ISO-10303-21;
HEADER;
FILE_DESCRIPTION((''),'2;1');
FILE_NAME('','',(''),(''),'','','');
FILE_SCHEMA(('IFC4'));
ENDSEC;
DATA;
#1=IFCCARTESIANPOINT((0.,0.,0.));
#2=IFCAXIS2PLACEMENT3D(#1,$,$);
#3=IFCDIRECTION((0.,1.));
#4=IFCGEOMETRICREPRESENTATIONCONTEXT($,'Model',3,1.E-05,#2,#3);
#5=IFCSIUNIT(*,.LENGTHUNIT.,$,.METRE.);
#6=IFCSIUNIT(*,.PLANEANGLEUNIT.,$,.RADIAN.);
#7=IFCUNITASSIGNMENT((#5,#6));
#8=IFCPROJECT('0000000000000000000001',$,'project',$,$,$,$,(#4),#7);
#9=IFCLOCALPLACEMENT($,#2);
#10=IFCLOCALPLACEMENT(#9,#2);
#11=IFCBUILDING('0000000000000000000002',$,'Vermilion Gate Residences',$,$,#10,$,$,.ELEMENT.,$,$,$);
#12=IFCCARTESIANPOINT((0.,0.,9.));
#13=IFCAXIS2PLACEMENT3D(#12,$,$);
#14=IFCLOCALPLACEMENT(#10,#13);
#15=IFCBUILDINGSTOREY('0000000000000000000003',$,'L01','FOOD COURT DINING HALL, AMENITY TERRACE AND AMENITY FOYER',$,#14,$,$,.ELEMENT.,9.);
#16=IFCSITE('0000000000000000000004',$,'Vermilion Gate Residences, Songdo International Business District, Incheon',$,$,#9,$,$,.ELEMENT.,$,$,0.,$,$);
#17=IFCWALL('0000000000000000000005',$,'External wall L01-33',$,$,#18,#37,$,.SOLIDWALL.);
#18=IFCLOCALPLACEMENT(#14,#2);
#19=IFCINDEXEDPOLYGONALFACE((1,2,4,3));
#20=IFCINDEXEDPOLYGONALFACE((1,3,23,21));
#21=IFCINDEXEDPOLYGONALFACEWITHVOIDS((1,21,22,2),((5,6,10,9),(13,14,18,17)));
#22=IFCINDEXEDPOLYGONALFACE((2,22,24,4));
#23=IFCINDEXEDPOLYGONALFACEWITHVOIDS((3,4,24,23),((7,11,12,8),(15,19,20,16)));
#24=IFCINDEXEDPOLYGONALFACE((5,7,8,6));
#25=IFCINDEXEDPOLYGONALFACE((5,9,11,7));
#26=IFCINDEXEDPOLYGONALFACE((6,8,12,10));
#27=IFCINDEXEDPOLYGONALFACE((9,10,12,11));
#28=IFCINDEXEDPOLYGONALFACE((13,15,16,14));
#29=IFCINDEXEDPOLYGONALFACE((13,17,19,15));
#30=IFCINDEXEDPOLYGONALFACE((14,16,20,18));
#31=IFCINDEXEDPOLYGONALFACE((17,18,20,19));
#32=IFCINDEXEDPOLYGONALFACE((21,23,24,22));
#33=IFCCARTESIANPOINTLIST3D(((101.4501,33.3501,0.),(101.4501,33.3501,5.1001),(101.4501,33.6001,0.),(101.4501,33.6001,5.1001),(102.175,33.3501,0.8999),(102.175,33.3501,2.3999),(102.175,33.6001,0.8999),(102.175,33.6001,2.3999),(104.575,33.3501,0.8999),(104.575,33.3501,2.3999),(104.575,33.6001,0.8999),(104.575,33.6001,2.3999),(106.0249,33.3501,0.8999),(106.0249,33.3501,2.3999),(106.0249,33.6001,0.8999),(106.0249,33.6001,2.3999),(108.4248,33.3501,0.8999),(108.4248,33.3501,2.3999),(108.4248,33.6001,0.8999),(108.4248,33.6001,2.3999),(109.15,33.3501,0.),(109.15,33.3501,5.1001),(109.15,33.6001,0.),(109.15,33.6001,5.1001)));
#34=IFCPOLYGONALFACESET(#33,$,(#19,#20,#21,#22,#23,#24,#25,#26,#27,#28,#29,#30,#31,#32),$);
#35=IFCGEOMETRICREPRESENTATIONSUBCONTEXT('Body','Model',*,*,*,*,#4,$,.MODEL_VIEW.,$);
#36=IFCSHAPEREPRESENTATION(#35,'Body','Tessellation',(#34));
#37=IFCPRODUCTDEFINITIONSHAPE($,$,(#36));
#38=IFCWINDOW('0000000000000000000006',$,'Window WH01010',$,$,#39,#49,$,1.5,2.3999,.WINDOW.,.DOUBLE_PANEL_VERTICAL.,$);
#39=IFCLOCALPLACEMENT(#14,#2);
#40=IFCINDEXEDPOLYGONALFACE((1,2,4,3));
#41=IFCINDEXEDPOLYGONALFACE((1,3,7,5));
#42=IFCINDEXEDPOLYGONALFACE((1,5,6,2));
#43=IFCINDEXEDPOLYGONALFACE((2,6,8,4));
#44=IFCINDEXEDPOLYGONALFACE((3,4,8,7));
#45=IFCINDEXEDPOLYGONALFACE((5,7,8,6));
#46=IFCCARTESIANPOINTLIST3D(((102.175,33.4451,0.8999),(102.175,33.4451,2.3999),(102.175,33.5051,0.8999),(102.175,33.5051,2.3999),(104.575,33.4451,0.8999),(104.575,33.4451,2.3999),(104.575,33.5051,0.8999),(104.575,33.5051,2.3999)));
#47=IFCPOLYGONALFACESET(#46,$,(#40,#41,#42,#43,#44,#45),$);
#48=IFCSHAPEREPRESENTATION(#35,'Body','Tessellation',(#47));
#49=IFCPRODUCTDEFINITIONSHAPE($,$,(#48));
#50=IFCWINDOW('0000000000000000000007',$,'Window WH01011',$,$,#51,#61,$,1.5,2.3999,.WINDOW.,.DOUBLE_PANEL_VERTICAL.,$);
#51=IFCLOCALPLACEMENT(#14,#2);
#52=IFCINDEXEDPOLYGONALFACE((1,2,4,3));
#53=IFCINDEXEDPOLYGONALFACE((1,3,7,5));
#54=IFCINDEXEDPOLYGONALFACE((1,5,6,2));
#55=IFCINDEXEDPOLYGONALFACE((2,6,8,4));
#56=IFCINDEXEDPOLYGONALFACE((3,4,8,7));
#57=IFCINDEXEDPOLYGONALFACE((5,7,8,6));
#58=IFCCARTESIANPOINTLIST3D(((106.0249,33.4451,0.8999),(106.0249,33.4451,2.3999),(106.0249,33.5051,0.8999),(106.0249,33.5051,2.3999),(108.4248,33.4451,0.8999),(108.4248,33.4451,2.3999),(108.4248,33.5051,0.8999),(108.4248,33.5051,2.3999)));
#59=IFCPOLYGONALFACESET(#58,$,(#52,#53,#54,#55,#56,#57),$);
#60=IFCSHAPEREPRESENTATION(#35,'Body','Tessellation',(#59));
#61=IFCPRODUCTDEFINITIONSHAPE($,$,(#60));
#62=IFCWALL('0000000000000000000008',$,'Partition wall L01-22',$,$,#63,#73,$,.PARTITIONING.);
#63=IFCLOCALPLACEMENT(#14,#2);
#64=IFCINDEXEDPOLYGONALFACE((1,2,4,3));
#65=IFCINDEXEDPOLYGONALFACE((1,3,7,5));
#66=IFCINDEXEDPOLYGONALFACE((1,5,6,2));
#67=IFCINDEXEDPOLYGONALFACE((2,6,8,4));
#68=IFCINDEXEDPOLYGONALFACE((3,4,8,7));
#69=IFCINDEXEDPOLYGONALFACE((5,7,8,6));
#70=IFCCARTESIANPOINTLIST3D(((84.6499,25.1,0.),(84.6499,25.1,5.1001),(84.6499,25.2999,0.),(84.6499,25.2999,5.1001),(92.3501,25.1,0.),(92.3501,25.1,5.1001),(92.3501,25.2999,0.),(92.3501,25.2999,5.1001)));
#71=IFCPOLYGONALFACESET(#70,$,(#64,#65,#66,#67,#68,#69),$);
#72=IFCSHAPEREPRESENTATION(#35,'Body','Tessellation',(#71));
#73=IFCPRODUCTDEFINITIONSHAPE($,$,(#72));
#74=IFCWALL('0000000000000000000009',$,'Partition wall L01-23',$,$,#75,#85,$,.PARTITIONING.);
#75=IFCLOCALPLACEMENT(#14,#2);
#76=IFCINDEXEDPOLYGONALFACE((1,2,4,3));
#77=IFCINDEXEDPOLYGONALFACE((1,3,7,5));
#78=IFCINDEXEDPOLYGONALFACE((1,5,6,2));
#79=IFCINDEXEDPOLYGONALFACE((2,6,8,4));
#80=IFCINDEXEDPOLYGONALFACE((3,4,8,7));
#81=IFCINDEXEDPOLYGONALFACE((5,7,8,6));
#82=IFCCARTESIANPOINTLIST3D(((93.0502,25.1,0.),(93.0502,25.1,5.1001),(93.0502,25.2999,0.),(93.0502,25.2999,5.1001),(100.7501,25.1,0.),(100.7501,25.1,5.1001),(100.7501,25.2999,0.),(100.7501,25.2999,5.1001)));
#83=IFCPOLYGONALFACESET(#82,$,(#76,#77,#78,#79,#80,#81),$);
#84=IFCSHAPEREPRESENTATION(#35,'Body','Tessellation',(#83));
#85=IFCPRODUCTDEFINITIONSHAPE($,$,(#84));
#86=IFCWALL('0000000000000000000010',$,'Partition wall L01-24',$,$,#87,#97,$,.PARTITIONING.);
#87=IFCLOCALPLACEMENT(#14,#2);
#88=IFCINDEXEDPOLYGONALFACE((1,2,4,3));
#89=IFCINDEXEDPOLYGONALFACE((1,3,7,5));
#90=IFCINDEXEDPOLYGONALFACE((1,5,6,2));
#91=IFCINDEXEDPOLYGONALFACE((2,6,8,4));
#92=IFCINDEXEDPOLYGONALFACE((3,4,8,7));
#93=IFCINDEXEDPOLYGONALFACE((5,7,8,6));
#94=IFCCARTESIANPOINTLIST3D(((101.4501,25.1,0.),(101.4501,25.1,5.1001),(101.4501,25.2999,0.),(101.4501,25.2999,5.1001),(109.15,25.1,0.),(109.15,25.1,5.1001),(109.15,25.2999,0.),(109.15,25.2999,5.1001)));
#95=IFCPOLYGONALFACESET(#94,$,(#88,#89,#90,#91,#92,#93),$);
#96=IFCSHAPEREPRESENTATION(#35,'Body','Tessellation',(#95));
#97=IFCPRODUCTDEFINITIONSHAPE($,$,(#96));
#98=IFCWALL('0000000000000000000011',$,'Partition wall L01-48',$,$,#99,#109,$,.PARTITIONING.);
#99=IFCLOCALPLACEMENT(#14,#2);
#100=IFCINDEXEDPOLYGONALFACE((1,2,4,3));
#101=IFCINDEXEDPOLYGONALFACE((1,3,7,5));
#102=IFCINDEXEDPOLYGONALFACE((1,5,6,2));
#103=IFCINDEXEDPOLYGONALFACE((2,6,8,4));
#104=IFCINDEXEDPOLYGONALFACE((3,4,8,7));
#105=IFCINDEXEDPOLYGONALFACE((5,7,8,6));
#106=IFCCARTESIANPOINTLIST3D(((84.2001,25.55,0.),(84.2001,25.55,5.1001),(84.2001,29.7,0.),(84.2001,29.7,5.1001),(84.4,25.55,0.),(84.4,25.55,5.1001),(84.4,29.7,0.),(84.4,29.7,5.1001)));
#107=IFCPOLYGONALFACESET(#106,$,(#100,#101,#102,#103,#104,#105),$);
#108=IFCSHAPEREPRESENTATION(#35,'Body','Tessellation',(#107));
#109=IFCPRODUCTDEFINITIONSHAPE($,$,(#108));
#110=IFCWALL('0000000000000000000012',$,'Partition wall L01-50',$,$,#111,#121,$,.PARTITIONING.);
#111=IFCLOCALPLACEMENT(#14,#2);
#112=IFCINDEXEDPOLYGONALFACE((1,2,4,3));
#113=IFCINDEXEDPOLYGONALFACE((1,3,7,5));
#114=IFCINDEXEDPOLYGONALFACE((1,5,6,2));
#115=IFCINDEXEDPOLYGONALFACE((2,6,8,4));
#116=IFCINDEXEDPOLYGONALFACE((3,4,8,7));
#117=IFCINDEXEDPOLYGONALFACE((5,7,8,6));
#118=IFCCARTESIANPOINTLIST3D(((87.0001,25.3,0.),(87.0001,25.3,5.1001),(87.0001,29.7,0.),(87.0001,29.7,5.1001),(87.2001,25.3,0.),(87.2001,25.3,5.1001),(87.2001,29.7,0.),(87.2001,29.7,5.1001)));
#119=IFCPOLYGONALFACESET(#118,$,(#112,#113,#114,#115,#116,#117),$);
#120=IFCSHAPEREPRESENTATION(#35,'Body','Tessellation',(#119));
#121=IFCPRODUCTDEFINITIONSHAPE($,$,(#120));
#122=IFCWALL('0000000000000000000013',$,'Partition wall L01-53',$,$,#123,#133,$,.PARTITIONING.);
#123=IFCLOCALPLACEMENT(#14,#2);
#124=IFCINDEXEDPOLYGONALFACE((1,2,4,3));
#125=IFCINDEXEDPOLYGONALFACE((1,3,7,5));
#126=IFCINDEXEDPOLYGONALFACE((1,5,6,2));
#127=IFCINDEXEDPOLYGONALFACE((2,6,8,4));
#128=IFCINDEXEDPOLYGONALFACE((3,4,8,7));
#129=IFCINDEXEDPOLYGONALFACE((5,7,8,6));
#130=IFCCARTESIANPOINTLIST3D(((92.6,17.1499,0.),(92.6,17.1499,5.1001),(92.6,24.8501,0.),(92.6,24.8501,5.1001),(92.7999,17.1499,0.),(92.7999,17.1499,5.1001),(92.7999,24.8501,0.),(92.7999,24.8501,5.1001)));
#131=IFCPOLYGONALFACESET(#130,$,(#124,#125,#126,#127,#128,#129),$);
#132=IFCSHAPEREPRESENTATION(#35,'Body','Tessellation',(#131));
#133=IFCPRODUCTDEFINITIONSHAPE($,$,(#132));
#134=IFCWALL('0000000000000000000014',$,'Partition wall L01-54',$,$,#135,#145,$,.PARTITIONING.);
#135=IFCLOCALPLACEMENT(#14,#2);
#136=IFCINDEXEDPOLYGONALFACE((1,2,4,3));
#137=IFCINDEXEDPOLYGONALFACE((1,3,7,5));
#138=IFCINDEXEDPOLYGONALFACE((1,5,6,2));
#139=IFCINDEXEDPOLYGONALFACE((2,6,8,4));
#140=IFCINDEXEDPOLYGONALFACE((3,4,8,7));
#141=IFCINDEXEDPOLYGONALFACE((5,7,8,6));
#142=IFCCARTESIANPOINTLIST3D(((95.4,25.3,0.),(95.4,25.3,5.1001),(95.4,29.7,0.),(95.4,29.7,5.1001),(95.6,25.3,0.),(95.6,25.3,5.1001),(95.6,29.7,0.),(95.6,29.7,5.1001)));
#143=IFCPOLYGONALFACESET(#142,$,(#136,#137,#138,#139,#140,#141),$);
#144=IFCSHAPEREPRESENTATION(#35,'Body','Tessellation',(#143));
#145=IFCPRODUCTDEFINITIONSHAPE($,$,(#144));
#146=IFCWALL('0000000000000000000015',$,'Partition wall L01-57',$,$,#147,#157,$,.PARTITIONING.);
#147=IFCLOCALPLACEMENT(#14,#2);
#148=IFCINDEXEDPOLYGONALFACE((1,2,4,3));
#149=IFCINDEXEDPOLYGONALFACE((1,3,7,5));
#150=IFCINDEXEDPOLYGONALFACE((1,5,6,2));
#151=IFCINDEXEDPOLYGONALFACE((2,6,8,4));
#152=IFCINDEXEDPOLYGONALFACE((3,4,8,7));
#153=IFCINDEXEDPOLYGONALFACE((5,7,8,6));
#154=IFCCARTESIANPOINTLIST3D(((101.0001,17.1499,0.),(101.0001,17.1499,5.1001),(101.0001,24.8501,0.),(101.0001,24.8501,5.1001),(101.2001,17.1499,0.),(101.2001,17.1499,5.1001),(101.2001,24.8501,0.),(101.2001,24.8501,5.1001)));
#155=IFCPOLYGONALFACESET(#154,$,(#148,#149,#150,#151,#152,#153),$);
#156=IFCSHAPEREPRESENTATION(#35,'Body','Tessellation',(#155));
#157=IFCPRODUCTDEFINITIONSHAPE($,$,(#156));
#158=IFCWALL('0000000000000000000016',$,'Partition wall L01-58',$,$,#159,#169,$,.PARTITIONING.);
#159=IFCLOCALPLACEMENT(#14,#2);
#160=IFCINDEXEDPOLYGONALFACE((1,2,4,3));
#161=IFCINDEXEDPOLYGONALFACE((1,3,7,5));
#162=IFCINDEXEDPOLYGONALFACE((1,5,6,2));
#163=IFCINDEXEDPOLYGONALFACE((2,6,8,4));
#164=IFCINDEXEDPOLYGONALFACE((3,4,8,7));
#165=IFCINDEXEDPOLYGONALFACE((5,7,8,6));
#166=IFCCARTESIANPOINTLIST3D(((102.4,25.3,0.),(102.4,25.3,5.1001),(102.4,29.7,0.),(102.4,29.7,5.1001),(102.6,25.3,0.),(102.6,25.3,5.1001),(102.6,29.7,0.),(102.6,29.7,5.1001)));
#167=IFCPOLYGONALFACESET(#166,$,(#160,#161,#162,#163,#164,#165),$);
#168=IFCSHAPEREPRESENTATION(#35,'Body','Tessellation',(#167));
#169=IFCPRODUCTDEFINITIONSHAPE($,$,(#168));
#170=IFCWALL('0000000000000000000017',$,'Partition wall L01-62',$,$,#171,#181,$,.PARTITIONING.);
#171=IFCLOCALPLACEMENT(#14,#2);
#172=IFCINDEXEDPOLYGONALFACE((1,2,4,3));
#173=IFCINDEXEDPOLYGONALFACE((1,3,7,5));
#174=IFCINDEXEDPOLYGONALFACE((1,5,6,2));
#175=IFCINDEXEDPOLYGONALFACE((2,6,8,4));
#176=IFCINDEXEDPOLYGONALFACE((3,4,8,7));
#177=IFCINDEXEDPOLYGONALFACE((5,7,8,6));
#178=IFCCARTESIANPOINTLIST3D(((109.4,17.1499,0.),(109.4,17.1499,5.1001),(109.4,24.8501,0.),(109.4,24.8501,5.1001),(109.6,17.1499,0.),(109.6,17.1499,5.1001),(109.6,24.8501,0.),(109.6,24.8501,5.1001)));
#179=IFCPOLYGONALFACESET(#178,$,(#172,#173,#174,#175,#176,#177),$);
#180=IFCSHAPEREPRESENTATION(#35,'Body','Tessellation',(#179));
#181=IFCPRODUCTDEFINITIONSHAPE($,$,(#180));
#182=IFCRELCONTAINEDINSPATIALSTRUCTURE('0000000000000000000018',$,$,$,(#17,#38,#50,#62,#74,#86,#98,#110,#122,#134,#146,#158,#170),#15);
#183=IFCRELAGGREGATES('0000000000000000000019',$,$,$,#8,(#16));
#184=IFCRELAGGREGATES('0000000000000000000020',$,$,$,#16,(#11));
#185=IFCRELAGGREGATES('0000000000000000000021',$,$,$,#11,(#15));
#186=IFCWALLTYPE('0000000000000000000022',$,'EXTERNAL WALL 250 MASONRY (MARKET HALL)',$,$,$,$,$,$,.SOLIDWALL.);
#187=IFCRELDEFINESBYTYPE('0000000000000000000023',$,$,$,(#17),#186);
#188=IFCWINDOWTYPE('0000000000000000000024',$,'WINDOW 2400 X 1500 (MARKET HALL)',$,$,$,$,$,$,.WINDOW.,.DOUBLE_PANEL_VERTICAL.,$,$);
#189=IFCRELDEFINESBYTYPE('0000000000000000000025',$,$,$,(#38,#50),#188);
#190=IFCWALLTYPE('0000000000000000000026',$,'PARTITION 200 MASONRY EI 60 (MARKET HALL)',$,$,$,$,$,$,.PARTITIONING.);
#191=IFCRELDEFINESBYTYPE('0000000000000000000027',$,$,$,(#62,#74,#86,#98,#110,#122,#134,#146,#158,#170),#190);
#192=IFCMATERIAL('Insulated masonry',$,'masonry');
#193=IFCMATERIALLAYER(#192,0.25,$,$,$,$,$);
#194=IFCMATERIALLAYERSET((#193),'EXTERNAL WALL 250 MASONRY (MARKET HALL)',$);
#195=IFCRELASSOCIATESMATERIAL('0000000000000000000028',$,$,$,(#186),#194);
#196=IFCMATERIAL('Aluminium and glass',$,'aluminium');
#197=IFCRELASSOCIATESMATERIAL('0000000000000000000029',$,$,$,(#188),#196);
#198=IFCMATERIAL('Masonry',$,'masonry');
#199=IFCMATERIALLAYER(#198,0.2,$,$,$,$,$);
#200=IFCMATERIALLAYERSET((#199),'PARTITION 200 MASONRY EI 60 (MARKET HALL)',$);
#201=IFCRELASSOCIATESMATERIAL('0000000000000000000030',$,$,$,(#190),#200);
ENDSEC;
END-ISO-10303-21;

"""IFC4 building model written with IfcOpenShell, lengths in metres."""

from ifc_helpers import new_model, si_unit, direction, frame, frame_2d, origin, place, context, subcontext, project, spatial, rectangle, extrude, material, layer, layer_set, type_object, element, fill, save


model = new_model("IFC4")

# Units and contexts
model_context = context("Model", 3, precision=1e-05, world=origin(), true_north=direction((0.0, 1.0)))
body_context = subcontext(model_context, "Body", "Model", "MODEL_VIEW")
ifc_project = project(units=[si_unit("LENGTHUNIT", "METRE"), si_unit("PLANEANGLEUNIT", "RADIAN")], contexts=[model_context])

# Site, building, storey
site_placement = place(None, origin())
site = spatial("IfcSite", under=ifc_project, at=site_placement, Name="Vermilion Gate Residences, Songdo International Business District, Incheon", CompositionType="ELEMENT", RefElevation=0.0)
building_placement = place(site_placement, origin())
building = spatial("IfcBuilding", under=site, at=building_placement, Name="Vermilion Gate Residences", CompositionType="ELEMENT")
storey_placement = place(building_placement, frame((0.0, 0.0, 9.0)))
storey = spatial("IfcBuildingStorey", under=building, at=storey_placement, Name="L01", Description="FOOD COURT DINING HALL, AMENITY TERRACE AND AMENITY FOYER", CompositionType="ELEMENT", Elevation=9.0)

# Wall, openings, windows
ifc_material_1 = material(Name="Insulated masonry", Category="masonry")
ifc_layer_1 = layer(ifc_material_1, 0.25)
ifc_layer_set_1 = layer_set([ifc_layer_1], Name="EXTERNAL WALL 250 MASONRY (MARKET HALL)")
wall_type_1 = type_object("IfcWallType", Name="EXTERNAL WALL 250 MASONRY (MARKET HALL)", PredefinedType="SOLIDWALL", material=ifc_layer_set_1)
ifc_material_2 = material(Name="Aluminium and glass", Category="aluminium")
window_type = type_object("IfcWindowType", Name="WINDOW 2400 X 1500 (MARKET HALL)", PartitioningType="DOUBLE_PANEL_VERTICAL", PredefinedType="WINDOW", material=ifc_material_2)
wall_1_placement = place(storey_placement, frame((101.45, 33.4751, 0.0), z_axis=(0.0, 0.0, 1.0), x_axis=(1.0, 0.0, 0.0)))
wall_1 = element("IfcWall", 1, at=wall_1_placement, inside=storey, type_object=wall_type_1, Name="External wall L01-33", PredefinedType="SOLIDWALL", context=body_context, shape_type="SweptSolid", body=[
    extrude(rectangle(XDim=7.7, YDim=0.25, at=frame_2d((3.8501, 0.0))), origin(), (0.0, 0.0, 1.0), 5.1001),
])
opening_1_placement = place(wall_1_placement, frame((0.7251, 0.0, 0.8999)))
opening_1 = element("IfcOpeningElement", 2, at=opening_1_placement, cuts=wall_1, PredefinedType="OPENING", context=body_context, shape_type="SweptSolid", body=[
    extrude(rectangle(XDim=2.3999, YDim=1.5, at=frame_2d((1.2, 0.75))), frame((0.0, 0.135, 0.0), z_axis=(0.0, -1.0, 0.0), x_axis=(1.0, 0.0, 0.0)), (0.0, 0.0, 1.0), 0.27),
])
opening_2_placement = place(wall_1_placement, frame((4.575, 0.0, 0.8999)))
opening_2 = element("IfcOpeningElement", 3, at=opening_2_placement, cuts=wall_1, PredefinedType="OPENING", context=body_context, shape_type="SweptSolid", body=[
    extrude(rectangle(XDim=2.3999, YDim=1.5, at=frame_2d((1.2, 0.75))), frame((0.0, 0.135, 0.0), z_axis=(0.0, -1.0, 0.0), x_axis=(1.0, 0.0, 0.0)), (0.0, 0.0, 1.0), 0.27),
])
window_1_placement = place(opening_1_placement, origin())
window_1 = element("IfcWindow", 4, at=window_1_placement, inside=storey, type_object=window_type, Name="Window WH01010", OverallHeight=1.5, OverallWidth=2.3999, PartitioningType="DOUBLE_PANEL_VERTICAL", PredefinedType="WINDOW", context=body_context, shape_type="SweptSolid", body=[
    extrude(rectangle(XDim=2.3999, YDim=1.5, at=frame_2d((1.2, 0.75))), frame((0.0, 0.03, 0.0), z_axis=(0.0, -1.0, 0.0), x_axis=(1.0, 0.0, 0.0)), (0.0, 0.0, 1.0), 0.0601),
])
fill(opening_1, window_1)
window_2_placement = place(opening_2_placement, origin())
window_2 = element("IfcWindow", 5, at=window_2_placement, inside=storey, type_object=window_type, Name="Window WH01011", OverallHeight=1.5, OverallWidth=2.3999, PartitioningType="DOUBLE_PANEL_VERTICAL", PredefinedType="WINDOW", context=body_context, shape_type="SweptSolid", body=[
    extrude(rectangle(XDim=2.3999, YDim=1.5, at=frame_2d((1.2, 0.75))), frame((0.0, 0.03, 0.0), z_axis=(0.0, -1.0, 0.0), x_axis=(1.0, 0.0, 0.0)), (0.0, 0.0, 1.0), 0.0601),
])
fill(opening_2, window_2)

# Walls
ifc_material_3 = material(Name="Masonry", Category="masonry")
ifc_layer_2 = layer(ifc_material_3, 0.2)
ifc_layer_set_2 = layer_set([ifc_layer_2], Name="PARTITION 200 MASONRY EI 60 (MARKET HALL)")
wall_type_2 = type_object("IfcWallType", Name="PARTITION 200 MASONRY EI 60 (MARKET HALL)", PredefinedType="PARTITIONING", material=ifc_layer_set_2)
wall_2_placement = place(storey_placement, frame((84.6499, 25.2, 0.0), z_axis=(0.0, 0.0, 1.0), x_axis=(1.0, 0.0, 0.0)))
element("IfcWall", 6, at=wall_2_placement, inside=storey, type_object=wall_type_2, Name="Partition wall L01-22", PredefinedType="PARTITIONING", context=body_context, shape_type="SweptSolid", body=[
    extrude(rectangle(XDim=7.7002, YDim=0.2, at=frame_2d((3.8501, 0.0))), origin(), (0.0, 0.0, 1.0), 5.1001),
])
for number, where, z_axis, x_axis, name in (
    (7, (93.05, 25.2, 0.0), (0.0, 0.0, 1.0), (1.0, 0.0, 0.0), "Partition wall L01-23"),
    (8, (101.45, 25.2, 0.0), (0.0, 0.0, 1.0), (1.0, 0.0, 0.0), "Partition wall L01-24"),
):
    element("IfcWall", number, at=place(storey_placement, frame(where, z_axis=z_axis, x_axis=x_axis)), inside=storey, type_object=wall_type_2, Name=name, PredefinedType="PARTITIONING", context=body_context, shape_type="SweptSolid", body=[
        extrude(rectangle(XDim=7.7, YDim=0.2, at=frame_2d((3.8501, 0.0))), origin(), (0.0, 0.0, 1.0), 5.1001),
    ])
wall_3_placement = place(storey_placement, frame((84.3, 25.55, 0.0), z_axis=(0.0, 0.0, 1.0), x_axis=(0.0, 1.0, 0.0)))
element("IfcWall", 9, at=wall_3_placement, inside=storey, type_object=wall_type_2, Name="Partition wall L01-48", PredefinedType="PARTITIONING", context=body_context, shape_type="SweptSolid", body=[
    extrude(rectangle(XDim=4.1499, YDim=0.2, at=frame_2d((2.075, 0.0))), origin(), (0.0, 0.0, 1.0), 5.1001),
])
wall_4_placement = place(storey_placement, frame((87.1001, 25.3, 0.0), z_axis=(0.0, 0.0, 1.0), x_axis=(0.0, 1.0, 0.0)))
element("IfcWall", 10, at=wall_4_placement, inside=storey, type_object=wall_type_2, Name="Partition wall L01-50", PredefinedType="PARTITIONING", context=body_context, shape_type="SweptSolid", body=[
    extrude(rectangle(XDim=4.3999, YDim=0.2, at=frame_2d((2.2, 0.0))), origin(), (0.0, 0.0, 1.0), 5.1001),
])
wall_5_placement = place(storey_placement, frame((92.7, 17.1499, 0.0), z_axis=(0.0, 0.0, 1.0), x_axis=(0.0, 1.0, 0.0)))
element("IfcWall", 11, at=wall_5_placement, inside=storey, type_object=wall_type_2, Name="Partition wall L01-53", PredefinedType="PARTITIONING", context=body_context, shape_type="SweptSolid", body=[
    extrude(rectangle(XDim=7.7002, YDim=0.2, at=frame_2d((3.8501, 0.0))), origin(), (0.0, 0.0, 1.0), 5.1001),
])
wall_6_placement = place(storey_placement, frame((95.5, 25.3, 0.0), z_axis=(0.0, 0.0, 1.0), x_axis=(0.0, 1.0, 0.0)))
element("IfcWall", 12, at=wall_6_placement, inside=storey, type_object=wall_type_2, Name="Partition wall L01-54", PredefinedType="PARTITIONING", context=body_context, shape_type="SweptSolid", body=[
    extrude(rectangle(XDim=4.3999, YDim=0.2, at=frame_2d((2.2, 0.0))), origin(), (0.0, 0.0, 1.0), 5.1001),
])
wall_7_placement = place(storey_placement, frame((101.1001, 17.1499, 0.0), z_axis=(0.0, 0.0, 1.0), x_axis=(0.0, 1.0, 0.0)))
element("IfcWall", 13, at=wall_7_placement, inside=storey, type_object=wall_type_2, Name="Partition wall L01-57", PredefinedType="PARTITIONING", context=body_context, shape_type="SweptSolid", body=[
    extrude(rectangle(XDim=7.7002, YDim=0.2, at=frame_2d((3.8501, 0.0))), origin(), (0.0, 0.0, 1.0), 5.1001),
])
wall_8_placement = place(storey_placement, frame((102.5, 25.3, 0.0), z_axis=(0.0, 0.0, 1.0), x_axis=(0.0, 1.0, 0.0)))
element("IfcWall", 14, at=wall_8_placement, inside=storey, type_object=wall_type_2, Name="Partition wall L01-58", PredefinedType="PARTITIONING", context=body_context, shape_type="SweptSolid", body=[
    extrude(rectangle(XDim=4.3999, YDim=0.2, at=frame_2d((2.2, 0.0))), origin(), (0.0, 0.0, 1.0), 5.1001),
])
wall_9_placement = place(storey_placement, frame((109.5, 17.1499, 0.0), z_axis=(0.0, 0.0, 1.0), x_axis=(0.0, 1.0, 0.0)))
element("IfcWall", 15, at=wall_9_placement, inside=storey, type_object=wall_type_2, Name="Partition wall L01-62", PredefinedType="PARTITIONING", context=body_context, shape_type="SweptSolid", body=[
    extrude(rectangle(XDim=7.7002, YDim=0.2, at=frame_2d((3.8501, 0.0))), origin(), (0.0, 0.0, 1.0), 5.1001),
])

save(model, "model.ifc")
